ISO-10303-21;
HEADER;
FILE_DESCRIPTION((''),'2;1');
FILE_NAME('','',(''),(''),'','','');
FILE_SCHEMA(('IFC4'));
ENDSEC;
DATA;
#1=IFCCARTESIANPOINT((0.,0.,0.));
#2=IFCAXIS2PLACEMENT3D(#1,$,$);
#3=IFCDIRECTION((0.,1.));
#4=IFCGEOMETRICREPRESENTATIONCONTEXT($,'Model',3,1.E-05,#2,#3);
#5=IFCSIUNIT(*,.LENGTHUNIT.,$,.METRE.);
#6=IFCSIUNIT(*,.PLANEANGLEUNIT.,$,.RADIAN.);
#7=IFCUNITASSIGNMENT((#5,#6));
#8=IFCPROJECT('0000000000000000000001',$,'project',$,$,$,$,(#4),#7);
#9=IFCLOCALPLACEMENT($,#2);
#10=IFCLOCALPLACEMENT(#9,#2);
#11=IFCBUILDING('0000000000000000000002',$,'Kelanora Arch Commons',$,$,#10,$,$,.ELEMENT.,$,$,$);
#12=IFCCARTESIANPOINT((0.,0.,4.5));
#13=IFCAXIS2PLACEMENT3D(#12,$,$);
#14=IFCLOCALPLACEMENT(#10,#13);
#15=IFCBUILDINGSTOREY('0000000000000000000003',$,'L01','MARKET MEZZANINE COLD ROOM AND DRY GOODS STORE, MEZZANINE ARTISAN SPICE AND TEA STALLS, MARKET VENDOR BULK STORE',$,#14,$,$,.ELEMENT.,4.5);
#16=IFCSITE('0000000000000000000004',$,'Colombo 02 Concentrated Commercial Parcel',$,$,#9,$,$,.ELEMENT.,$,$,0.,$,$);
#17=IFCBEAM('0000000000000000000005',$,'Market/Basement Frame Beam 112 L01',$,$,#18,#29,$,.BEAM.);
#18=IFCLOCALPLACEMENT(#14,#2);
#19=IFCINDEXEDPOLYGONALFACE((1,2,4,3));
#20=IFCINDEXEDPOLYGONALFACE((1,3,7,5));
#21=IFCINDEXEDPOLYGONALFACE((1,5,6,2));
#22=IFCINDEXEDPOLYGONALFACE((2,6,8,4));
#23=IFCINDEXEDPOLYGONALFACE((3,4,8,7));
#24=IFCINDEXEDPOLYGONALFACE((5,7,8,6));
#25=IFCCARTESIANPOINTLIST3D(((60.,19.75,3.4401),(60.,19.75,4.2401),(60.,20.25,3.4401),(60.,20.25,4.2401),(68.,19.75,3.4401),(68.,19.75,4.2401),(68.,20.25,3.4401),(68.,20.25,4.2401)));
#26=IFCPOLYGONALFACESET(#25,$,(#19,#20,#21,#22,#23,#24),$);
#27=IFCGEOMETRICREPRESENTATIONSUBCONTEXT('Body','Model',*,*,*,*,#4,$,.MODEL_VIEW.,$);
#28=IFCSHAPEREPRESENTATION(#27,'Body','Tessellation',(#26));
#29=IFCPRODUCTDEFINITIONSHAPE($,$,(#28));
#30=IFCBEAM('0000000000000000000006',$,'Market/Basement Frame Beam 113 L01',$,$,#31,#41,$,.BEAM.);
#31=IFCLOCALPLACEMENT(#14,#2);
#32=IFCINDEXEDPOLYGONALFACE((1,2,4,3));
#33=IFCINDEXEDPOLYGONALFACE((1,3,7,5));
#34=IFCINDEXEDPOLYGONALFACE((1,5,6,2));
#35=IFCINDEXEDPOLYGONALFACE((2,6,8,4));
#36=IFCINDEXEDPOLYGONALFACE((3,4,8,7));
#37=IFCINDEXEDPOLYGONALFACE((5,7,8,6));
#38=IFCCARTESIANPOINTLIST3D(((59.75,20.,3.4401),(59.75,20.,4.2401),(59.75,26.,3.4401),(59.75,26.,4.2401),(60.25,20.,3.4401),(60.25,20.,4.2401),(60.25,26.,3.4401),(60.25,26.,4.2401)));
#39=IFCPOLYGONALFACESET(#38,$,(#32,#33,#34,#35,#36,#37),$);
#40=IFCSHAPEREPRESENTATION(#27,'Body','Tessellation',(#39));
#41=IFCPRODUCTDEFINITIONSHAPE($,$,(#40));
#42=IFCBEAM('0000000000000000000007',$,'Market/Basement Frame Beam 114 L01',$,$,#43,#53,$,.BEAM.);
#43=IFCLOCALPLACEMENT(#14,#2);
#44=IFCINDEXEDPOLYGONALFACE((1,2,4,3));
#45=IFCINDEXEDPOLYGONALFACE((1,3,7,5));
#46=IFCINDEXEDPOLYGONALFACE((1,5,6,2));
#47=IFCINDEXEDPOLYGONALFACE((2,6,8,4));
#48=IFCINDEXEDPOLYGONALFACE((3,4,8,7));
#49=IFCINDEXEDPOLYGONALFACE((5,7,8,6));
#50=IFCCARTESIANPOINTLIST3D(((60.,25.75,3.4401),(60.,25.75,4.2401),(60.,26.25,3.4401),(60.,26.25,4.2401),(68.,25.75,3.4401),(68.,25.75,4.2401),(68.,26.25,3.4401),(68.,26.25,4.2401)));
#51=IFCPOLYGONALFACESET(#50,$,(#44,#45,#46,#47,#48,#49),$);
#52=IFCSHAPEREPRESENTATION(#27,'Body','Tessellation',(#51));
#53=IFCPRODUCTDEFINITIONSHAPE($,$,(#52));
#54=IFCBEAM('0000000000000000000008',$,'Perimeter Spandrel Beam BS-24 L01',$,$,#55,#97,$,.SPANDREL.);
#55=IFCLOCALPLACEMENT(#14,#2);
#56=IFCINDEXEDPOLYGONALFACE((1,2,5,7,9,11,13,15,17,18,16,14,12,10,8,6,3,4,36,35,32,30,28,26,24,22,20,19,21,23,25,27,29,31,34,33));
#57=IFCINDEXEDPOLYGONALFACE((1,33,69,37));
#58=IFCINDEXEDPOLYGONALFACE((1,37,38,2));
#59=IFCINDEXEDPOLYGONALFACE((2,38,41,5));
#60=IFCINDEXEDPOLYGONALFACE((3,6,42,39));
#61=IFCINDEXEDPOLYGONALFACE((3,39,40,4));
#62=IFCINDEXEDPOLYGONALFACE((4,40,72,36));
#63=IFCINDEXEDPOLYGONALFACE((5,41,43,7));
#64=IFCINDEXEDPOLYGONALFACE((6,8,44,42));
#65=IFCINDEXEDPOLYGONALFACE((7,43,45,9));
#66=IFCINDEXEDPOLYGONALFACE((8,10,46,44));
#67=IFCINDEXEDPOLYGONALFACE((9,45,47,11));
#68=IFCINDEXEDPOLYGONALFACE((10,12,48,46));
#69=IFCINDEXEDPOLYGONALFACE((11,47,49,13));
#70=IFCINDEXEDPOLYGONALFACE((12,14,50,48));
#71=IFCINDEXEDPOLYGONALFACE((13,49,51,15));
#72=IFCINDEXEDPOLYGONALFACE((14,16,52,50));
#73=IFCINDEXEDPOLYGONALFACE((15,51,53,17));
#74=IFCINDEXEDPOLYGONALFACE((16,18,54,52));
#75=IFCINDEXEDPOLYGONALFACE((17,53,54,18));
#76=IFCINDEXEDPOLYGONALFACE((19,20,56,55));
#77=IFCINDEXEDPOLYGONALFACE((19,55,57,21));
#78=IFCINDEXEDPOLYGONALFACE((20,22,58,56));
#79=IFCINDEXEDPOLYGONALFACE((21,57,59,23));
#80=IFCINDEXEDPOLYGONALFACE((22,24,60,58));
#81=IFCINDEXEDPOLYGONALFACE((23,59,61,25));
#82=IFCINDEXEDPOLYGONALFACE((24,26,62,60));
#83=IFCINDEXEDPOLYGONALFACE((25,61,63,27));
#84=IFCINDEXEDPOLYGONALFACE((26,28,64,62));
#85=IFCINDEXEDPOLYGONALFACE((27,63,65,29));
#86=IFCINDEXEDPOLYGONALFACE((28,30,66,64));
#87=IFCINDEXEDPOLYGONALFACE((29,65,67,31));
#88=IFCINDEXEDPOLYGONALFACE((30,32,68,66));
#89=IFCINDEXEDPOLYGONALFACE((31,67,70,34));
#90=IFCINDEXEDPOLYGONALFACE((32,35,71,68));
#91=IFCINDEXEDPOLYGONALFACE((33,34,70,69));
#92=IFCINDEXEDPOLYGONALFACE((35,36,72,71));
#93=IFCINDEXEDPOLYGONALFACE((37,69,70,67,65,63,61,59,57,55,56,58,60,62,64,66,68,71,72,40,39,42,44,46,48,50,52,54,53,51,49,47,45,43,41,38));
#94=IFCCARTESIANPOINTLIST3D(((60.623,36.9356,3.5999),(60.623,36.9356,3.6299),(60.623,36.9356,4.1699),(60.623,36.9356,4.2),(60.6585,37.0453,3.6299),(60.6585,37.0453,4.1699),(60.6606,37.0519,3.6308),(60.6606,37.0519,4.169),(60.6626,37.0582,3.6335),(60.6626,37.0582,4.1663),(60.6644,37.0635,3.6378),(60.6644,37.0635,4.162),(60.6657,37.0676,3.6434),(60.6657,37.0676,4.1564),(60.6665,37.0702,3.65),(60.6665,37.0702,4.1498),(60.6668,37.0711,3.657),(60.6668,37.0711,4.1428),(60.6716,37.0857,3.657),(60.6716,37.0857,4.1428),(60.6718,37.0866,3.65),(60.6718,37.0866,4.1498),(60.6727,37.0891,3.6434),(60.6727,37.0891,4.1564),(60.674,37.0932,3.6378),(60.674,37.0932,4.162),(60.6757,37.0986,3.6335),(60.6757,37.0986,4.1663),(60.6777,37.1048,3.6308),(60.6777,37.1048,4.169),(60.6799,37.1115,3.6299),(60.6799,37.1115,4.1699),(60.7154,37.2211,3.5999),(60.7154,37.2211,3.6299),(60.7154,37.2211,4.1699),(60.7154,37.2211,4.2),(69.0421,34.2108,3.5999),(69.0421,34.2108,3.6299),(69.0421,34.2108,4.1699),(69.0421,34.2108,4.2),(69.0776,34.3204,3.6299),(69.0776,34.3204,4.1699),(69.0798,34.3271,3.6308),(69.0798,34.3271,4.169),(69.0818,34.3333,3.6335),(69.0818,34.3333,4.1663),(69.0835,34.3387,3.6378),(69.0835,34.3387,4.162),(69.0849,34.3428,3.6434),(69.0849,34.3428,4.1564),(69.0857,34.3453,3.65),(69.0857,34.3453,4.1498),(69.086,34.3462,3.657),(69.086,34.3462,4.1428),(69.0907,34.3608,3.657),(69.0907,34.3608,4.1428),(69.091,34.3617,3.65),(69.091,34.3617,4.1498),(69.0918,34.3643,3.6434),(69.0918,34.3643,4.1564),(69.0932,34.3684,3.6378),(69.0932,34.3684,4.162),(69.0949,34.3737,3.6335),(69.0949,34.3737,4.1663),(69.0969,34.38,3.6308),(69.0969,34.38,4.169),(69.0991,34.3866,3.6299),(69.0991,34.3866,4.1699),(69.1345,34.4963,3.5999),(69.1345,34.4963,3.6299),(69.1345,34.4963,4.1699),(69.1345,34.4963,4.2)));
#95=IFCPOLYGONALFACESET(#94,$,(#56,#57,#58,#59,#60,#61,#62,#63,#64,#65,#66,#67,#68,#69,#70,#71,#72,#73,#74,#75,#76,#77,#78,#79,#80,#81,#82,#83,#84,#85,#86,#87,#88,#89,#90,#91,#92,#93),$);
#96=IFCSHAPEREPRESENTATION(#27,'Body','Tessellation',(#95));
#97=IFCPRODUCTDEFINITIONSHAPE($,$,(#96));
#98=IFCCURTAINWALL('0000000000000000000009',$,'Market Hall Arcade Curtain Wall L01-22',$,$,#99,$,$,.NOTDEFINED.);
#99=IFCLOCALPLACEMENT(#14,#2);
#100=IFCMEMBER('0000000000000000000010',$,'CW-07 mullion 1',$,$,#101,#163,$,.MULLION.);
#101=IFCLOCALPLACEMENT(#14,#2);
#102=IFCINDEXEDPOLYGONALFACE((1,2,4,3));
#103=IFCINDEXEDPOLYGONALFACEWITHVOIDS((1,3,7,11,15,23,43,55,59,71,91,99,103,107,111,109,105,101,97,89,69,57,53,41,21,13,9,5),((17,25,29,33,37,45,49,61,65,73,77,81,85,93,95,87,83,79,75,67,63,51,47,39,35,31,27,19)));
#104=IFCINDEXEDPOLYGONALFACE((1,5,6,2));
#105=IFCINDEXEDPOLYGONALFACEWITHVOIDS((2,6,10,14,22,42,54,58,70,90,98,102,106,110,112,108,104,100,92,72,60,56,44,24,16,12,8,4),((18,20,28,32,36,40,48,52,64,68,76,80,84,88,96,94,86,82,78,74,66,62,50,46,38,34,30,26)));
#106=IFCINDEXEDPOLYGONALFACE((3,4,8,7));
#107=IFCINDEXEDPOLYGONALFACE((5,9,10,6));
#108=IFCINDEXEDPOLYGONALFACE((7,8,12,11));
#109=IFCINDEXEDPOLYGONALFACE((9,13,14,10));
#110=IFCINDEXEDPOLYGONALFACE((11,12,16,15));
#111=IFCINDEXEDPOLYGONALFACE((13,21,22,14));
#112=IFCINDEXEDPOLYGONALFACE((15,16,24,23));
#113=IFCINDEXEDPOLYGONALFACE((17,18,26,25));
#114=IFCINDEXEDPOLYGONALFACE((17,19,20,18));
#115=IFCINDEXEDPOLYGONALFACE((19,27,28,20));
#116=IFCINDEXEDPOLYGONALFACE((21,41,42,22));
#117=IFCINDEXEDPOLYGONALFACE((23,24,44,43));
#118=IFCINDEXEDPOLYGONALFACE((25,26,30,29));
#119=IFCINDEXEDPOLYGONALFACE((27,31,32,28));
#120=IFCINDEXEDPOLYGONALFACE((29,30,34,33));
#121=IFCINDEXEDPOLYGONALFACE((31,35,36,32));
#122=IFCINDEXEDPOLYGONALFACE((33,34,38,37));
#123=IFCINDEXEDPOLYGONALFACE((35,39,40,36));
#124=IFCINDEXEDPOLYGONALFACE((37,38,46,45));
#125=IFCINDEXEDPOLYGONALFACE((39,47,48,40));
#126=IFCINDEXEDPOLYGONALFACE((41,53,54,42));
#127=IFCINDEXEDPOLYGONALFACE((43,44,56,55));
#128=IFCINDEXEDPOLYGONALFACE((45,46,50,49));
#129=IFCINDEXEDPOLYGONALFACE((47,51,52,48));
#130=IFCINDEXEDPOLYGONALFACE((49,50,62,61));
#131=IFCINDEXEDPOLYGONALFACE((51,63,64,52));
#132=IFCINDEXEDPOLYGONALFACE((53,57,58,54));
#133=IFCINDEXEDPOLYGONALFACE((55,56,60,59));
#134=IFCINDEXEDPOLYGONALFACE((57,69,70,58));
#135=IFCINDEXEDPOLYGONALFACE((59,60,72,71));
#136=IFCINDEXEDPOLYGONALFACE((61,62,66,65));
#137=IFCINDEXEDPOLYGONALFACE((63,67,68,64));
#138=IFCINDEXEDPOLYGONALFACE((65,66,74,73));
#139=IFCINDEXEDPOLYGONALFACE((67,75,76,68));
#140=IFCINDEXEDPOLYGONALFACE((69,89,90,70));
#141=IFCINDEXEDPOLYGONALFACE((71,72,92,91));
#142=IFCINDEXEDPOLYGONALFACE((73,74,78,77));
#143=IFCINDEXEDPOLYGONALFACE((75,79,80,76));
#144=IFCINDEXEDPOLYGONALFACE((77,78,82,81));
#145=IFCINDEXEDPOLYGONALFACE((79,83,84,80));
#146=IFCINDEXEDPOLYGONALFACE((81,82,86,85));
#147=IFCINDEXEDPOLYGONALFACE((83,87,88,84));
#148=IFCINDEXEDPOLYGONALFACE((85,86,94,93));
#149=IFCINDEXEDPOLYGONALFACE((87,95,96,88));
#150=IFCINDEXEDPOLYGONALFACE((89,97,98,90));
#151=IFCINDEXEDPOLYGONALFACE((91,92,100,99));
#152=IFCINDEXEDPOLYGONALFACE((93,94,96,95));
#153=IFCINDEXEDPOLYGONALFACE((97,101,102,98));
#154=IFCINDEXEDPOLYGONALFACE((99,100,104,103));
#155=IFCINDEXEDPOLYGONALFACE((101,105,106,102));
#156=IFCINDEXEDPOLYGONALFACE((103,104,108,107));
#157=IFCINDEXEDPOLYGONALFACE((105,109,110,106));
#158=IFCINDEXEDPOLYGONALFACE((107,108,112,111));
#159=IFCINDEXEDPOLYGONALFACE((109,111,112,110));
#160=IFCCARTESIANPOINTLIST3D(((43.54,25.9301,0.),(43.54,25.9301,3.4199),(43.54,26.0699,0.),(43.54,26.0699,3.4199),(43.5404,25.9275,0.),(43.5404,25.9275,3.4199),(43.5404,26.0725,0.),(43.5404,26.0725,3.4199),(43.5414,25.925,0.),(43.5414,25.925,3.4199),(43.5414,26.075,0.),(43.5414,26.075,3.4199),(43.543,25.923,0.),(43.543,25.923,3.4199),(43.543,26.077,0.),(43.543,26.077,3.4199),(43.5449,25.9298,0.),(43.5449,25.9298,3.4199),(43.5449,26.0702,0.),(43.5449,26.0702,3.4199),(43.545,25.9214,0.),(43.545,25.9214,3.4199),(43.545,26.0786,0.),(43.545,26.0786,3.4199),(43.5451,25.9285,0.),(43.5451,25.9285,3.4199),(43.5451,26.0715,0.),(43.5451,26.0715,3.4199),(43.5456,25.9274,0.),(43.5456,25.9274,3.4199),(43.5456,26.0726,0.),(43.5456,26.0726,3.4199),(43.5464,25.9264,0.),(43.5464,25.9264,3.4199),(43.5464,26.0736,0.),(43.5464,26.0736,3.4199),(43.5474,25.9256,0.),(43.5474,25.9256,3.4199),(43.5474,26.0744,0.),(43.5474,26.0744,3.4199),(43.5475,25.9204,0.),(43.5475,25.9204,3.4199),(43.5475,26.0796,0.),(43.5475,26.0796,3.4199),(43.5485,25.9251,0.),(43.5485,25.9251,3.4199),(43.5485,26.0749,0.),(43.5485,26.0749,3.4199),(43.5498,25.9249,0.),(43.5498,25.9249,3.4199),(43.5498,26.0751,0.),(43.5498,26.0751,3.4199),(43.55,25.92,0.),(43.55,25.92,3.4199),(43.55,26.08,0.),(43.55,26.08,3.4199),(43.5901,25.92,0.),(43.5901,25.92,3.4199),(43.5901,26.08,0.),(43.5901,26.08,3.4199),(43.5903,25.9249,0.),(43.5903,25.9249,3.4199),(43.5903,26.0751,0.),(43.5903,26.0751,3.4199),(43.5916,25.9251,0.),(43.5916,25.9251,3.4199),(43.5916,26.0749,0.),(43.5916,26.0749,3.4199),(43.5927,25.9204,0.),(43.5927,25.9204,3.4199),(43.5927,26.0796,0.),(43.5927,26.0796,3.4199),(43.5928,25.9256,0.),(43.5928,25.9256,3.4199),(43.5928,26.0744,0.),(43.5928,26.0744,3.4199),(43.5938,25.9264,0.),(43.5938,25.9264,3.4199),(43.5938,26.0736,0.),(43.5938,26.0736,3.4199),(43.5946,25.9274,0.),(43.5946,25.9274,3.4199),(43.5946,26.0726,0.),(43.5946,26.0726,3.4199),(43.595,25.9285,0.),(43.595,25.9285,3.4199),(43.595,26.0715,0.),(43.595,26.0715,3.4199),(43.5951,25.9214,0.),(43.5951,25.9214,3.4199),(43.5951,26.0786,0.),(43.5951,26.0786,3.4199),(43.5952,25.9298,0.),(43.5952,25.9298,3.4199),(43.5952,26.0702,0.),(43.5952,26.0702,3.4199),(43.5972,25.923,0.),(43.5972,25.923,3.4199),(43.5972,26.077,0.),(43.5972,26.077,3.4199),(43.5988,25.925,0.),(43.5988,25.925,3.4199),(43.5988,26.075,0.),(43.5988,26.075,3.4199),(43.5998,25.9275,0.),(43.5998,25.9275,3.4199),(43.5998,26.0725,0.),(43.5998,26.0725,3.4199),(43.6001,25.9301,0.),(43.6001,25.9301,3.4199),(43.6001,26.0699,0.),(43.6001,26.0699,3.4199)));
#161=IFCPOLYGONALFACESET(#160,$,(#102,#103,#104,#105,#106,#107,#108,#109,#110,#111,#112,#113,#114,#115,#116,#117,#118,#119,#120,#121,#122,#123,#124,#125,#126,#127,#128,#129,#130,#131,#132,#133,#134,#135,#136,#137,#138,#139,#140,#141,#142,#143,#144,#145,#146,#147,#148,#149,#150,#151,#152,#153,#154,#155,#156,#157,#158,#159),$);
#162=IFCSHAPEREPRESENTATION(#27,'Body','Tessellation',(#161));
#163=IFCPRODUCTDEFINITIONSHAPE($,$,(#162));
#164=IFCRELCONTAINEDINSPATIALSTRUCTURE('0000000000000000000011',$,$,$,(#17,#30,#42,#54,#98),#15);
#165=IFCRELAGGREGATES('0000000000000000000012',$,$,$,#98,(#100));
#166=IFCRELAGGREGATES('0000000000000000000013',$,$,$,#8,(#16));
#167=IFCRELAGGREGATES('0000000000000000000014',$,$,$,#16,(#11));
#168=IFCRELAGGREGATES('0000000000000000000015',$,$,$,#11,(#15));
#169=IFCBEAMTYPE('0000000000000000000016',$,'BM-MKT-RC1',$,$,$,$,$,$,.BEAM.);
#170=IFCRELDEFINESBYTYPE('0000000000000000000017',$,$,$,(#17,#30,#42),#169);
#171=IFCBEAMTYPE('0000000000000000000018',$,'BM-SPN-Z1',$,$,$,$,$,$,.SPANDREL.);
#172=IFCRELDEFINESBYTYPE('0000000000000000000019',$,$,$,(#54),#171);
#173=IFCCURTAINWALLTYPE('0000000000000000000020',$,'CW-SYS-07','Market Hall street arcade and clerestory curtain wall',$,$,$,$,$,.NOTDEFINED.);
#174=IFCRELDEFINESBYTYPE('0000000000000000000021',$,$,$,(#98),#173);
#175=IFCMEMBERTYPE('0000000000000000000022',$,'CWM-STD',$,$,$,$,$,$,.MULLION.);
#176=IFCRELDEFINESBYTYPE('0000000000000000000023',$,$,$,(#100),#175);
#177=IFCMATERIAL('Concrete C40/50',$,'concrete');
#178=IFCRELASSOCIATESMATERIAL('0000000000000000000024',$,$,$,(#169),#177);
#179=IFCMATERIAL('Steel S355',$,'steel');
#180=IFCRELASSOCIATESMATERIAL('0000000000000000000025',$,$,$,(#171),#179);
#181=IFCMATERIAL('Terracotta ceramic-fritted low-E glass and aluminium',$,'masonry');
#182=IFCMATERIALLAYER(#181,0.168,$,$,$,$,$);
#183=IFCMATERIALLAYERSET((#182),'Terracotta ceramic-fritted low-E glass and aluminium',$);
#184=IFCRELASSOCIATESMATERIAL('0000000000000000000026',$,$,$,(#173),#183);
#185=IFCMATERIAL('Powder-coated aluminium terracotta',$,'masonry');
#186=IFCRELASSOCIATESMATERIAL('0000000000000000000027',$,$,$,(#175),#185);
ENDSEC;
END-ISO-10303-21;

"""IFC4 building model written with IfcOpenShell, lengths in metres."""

from ifc_helpers import new_model, si_unit, direction, frame, origin, origin_2d, place, context, subcontext, project, spatial, rectangle, hollow_rectangle, i_section, extrude, material, layer, layer_set, material_profile, profile_set, type_object, element, aggregate, save


model = new_model("IFC4")

# Units and contexts
model_context = context("Model", 3, precision=1e-05, world=origin(), true_north=direction((0.0, 1.0)))
body_context = subcontext(model_context, "Body", "Model", "MODEL_VIEW")
ifc_project = project(units=[si_unit("LENGTHUNIT", "METRE"), si_unit("PLANEANGLEUNIT", "RADIAN")], contexts=[model_context])

# Site, building, storey
site_placement = place(None, origin())
site = spatial("IfcSite", under=ifc_project, at=site_placement, Name="Colombo 02 Concentrated Commercial Parcel", CompositionType="ELEMENT", RefElevation=0.0)
building_placement = place(site_placement, origin())
building = spatial("IfcBuilding", under=site, at=building_placement, Name="Kelanora Arch Commons", CompositionType="ELEMENT")
storey_placement = place(building_placement, frame((0.0, 0.0, 4.5)))
storey = spatial("IfcBuildingStorey", under=building, at=storey_placement, Name="L01", Description="MARKET MEZZANINE COLD ROOM AND DRY GOODS STORE, MEZZANINE ARTISAN SPICE AND TEA STALLS, MARKET VENDOR BULK STORE", CompositionType="ELEMENT", Elevation=4.5)

# Beams
ifc_material_1 = material(Name="Concrete C40/50", Category="concrete")
ifc_material_profile_1 = material_profile(ifc_material_1, rectangle(XDim=0.5, YDim=0.8, at=origin_2d()), Name="RCB500x800")
ifc_profile_set_1 = profile_set([ifc_material_profile_1], Name="Concrete C40/50")
beam_type_1 = type_object("IfcBeamType", Name="BM-MKT-RC1", PredefinedType="BEAM", material=ifc_profile_set_1)
for number, where, z_axis, x_axis, name in (
    (1, (60.0, 20.0, 3.8401), (1.0, 0.0, 0.0), (0.0, 1.0, 0.0), "Market/Basement Frame Beam 112 L01"),
):
    element("IfcBeam", number, at=place(storey_placement, frame(where, z_axis=z_axis, x_axis=x_axis)), inside=storey, type_object=beam_type_1, Name=name, PredefinedType="BEAM", context=body_context, shape_type="SweptSolid", body=[
        extrude(rectangle(XDim=0.5, YDim=0.8, at=origin_2d()), origin(), (0.0, 0.0, 1.0), 8.0),
    ])
beam_1_placement = place(storey_placement, frame((60.0, 20.0, 3.8401), z_axis=(0.0, 1.0, 0.0), x_axis=(-1.0, 0.0, 0.0)))
element("IfcBeam", 2, at=beam_1_placement, inside=storey, type_object=beam_type_1, Name="Market/Basement Frame Beam 113 L01", PredefinedType="BEAM", context=body_context, shape_type="SweptSolid", body=[
    extrude(rectangle(XDim=0.5, YDim=0.8, at=origin_2d()), origin(), (0.0, 0.0, 1.0), 6.0),
])
beam_2_placement = place(storey_placement, frame((60.0, 26.0, 3.8401), z_axis=(1.0, 0.0, 0.0), x_axis=(0.0, 1.0, 0.0)))
element("IfcBeam", 3, at=beam_2_placement, inside=storey, type_object=beam_type_1, Name="Market/Basement Frame Beam 114 L01", PredefinedType="BEAM", context=body_context, shape_type="SweptSolid", body=[
    extrude(rectangle(XDim=0.5, YDim=0.8, at=origin_2d()), origin(), (0.0, 0.0, 1.0), 8.0),
])
ifc_material_2 = material(Name="Steel S355", Category="steel")
ifc_material_profile_2 = material_profile(ifc_material_2, i_section(OverallWidth=0.3, OverallDepth=0.6001, WebThickness=0.0154, FlangeThickness=0.03, FilletRadius=0.0271, at=origin_2d()), Name="HEB600")
ifc_profile_set_2 = profile_set([ifc_material_profile_2], Name="Steel S355")
beam_type_2 = type_object("IfcBeamType", Name="BM-SPN-Z1", PredefinedType="SPANDREL", material=ifc_profile_set_2)
beam_3_placement = place(storey_placement, frame((60.6692, 37.0784, 3.8999), z_axis=(0.951411, -0.307922, 0.0), x_axis=(0.307922, 0.951411, 0.0)))
element("IfcBeam", 4, at=beam_3_placement, inside=storey, type_object=beam_type_2, Name="Perimeter Spandrel Beam BS-24 L01", PredefinedType="SPANDREL", context=body_context, shape_type="SweptSolid", body=[
    extrude(i_section(OverallWidth=0.3, OverallDepth=0.6001, WebThickness=0.0154, FlangeThickness=0.03, FilletRadius=0.0271, at=origin_2d()), origin(), (0.0, 0.0, 1.0), 8.8491),
])

# Curtain wall, member
ifc_material_3 = material(Name="Terracotta ceramic-fritted low-E glass and aluminium", Category="masonry")
ifc_layer_1 = layer(ifc_material_3, 0.168)
ifc_layer_set_1 = layer_set([ifc_layer_1], Name="Terracotta ceramic-fritted low-E glass and aluminium")
curtain_wall_type = type_object("IfcCurtainWallType", Name="CW-SYS-07", Description="Market Hall street arcade and clerestory curtain wall", PredefinedType="NOTDEFINED", material=ifc_layer_set_1)
curtain_wall_placement = place(storey_placement, origin())
curtain_wall = element("IfcCurtainWall", 5, at=curtain_wall_placement, inside=storey, type_object=curtain_wall_type, Name="Market Hall Arcade Curtain Wall L01-22", PredefinedType="NOTDEFINED")
ifc_material_4 = material(Name="Powder-coated aluminium terracotta", Category="masonry")
ifc_material_profile_3 = material_profile(ifc_material_4, hollow_rectangle(XDim=0.1599, YDim=0.0601, WallThickness=0.0049, InnerFilletRadius=0.0049, OuterFilletRadius=0.01, at=origin_2d()), Name="CWM160x60")
ifc_profile_set_3 = profile_set([ifc_material_profile_3], Name="Powder-coated aluminium terracotta")
member_type_1 = type_object("IfcMemberType", Name="CWM-STD", PredefinedType="MULLION", material=ifc_profile_set_3)
member_1_placement = place(storey_placement, frame((43.5701, 26.0, 0.0), z_axis=(0.0, 0.0, 1.0), x_axis=(0.0, -1.0, 0.0)))
member_1 = element("IfcMember", 6, at=member_1_placement, type_object=member_type_1, Name="CW-07 mullion 1", PredefinedType="MULLION", context=body_context, shape_type="SweptSolid", body=[
    extrude(hollow_rectangle(XDim=0.1599, YDim=0.0601, WallThickness=0.0049, InnerFilletRadius=0.0049, OuterFilletRadius=0.01, at=origin_2d()), origin(), (0.0, 0.0, 1.0), 3.4199),
])
aggregate(curtain_wall, [member_1])

save(model, "model.ifc")
